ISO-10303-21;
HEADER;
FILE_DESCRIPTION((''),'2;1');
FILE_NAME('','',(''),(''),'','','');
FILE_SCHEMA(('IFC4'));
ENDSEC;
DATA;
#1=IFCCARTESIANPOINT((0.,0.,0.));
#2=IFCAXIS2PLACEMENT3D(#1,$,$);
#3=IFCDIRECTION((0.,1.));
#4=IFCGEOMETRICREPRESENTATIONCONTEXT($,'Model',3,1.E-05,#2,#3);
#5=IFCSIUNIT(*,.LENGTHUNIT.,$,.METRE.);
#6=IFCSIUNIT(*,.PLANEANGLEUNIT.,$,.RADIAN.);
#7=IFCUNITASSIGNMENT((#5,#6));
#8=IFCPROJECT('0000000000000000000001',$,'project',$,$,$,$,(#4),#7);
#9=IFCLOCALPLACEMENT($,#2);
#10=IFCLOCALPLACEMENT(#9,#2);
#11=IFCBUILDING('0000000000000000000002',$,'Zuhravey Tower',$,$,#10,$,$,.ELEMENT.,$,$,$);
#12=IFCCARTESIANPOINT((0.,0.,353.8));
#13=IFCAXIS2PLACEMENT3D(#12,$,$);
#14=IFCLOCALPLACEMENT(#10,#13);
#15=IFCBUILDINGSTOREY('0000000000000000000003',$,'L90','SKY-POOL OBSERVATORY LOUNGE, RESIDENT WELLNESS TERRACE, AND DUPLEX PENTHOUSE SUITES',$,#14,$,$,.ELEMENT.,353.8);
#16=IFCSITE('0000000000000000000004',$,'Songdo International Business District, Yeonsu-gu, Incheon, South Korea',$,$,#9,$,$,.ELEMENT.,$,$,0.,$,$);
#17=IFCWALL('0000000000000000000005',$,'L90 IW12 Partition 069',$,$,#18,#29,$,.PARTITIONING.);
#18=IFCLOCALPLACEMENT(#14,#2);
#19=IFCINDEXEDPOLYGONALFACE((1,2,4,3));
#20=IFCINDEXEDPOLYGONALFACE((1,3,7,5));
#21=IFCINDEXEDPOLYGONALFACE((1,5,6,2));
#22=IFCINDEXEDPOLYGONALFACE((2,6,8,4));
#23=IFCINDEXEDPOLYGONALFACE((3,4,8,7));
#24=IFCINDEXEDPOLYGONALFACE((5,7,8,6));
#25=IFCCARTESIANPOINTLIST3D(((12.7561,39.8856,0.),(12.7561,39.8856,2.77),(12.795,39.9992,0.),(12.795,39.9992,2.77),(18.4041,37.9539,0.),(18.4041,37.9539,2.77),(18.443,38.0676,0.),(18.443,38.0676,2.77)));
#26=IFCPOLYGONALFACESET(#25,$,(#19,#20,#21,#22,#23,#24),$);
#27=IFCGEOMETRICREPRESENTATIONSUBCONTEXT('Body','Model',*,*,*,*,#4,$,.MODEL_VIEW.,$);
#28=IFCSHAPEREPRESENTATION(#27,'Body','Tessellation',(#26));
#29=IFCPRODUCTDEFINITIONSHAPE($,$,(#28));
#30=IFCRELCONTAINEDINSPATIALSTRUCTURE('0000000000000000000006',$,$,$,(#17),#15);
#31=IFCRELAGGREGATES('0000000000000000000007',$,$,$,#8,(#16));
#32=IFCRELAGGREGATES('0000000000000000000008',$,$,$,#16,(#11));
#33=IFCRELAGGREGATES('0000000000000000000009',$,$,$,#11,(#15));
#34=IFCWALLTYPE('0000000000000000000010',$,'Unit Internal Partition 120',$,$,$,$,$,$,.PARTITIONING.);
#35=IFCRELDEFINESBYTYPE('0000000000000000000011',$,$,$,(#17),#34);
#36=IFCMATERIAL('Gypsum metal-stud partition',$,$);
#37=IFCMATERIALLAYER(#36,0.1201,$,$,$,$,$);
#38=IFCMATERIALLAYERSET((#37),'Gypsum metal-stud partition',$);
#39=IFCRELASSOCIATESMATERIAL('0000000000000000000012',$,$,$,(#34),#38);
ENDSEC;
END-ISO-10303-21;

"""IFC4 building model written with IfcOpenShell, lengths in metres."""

from ifc_helpers import new_model, si_unit, direction, frame, frame_2d, origin, place, context, subcontext, project, spatial, rectangle, extrude, material, layer, layer_set, type_object, element, save


model = new_model("IFC4")

# Units and contexts
model_context = context("Model", 3, precision=1e-05, world=origin(), true_north=direction((0.0, 1.0)))
body_context = subcontext(model_context, "Body", "Model", "MODEL_VIEW")
ifc_project = project(units=[si_unit("LENGTHUNIT", "METRE"), si_unit("PLANEANGLEUNIT", "RADIAN")], contexts=[model_context])

# Site, building, storey
site_placement = place(None, origin())
site = spatial("IfcSite", under=ifc_project, at=site_placement, Name="Songdo International Business District, Yeonsu-gu, Incheon, South Korea", CompositionType="ELEMENT", RefElevation=0.0)
building_placement = place(site_placement, origin())
building = spatial("IfcBuilding", under=site, at=building_placement, Name="Zuhravey Tower", CompositionType="ELEMENT")
storey_placement = place(building_placement, frame((0.0, 0.0, 353.8)))
storey = spatial("IfcBuildingStorey", under=building, at=storey_placement, Name="L90", Description="SKY-POOL OBSERVATORY LOUNGE, RESIDENT WELLNESS TERRACE, AND DUPLEX PENTHOUSE SUITES", CompositionType="ELEMENT", Elevation=353.8)

# Shared definitions
ifc_material_1 = material(Name="Gypsum metal-stud partition")
ifc_layer_1 = layer(ifc_material_1, 0.1201)
ifc_layer_set_1 = layer_set([ifc_layer_1], Name="Gypsum metal-stud partition")
wall_type_1 = type_object("IfcWallType", Name="Unit Internal Partition 120", PredefinedType="PARTITIONING", material=ifc_layer_set_1)

# Wall
wall_1_placement = place(storey_placement, frame((18.4236, 38.0107, 0.0), z_axis=(0.0, 0.0, 1.0), x_axis=(-0.946192, 0.323605, 0.0)))
element("IfcWall", 1, at=wall_1_placement, inside=storey, type_object=wall_type_1, Name="L90 IW12 Partition 069", PredefinedType="PARTITIONING", context=body_context, shape_type="SweptSolid", body=[
    extrude(rectangle(XDim=5.9692, YDim=0.1201, at=frame_2d((2.9846, 0.0))), origin(), (0.0, 0.0, 1.0), 2.77),
])

save(model, "model.ifc")
